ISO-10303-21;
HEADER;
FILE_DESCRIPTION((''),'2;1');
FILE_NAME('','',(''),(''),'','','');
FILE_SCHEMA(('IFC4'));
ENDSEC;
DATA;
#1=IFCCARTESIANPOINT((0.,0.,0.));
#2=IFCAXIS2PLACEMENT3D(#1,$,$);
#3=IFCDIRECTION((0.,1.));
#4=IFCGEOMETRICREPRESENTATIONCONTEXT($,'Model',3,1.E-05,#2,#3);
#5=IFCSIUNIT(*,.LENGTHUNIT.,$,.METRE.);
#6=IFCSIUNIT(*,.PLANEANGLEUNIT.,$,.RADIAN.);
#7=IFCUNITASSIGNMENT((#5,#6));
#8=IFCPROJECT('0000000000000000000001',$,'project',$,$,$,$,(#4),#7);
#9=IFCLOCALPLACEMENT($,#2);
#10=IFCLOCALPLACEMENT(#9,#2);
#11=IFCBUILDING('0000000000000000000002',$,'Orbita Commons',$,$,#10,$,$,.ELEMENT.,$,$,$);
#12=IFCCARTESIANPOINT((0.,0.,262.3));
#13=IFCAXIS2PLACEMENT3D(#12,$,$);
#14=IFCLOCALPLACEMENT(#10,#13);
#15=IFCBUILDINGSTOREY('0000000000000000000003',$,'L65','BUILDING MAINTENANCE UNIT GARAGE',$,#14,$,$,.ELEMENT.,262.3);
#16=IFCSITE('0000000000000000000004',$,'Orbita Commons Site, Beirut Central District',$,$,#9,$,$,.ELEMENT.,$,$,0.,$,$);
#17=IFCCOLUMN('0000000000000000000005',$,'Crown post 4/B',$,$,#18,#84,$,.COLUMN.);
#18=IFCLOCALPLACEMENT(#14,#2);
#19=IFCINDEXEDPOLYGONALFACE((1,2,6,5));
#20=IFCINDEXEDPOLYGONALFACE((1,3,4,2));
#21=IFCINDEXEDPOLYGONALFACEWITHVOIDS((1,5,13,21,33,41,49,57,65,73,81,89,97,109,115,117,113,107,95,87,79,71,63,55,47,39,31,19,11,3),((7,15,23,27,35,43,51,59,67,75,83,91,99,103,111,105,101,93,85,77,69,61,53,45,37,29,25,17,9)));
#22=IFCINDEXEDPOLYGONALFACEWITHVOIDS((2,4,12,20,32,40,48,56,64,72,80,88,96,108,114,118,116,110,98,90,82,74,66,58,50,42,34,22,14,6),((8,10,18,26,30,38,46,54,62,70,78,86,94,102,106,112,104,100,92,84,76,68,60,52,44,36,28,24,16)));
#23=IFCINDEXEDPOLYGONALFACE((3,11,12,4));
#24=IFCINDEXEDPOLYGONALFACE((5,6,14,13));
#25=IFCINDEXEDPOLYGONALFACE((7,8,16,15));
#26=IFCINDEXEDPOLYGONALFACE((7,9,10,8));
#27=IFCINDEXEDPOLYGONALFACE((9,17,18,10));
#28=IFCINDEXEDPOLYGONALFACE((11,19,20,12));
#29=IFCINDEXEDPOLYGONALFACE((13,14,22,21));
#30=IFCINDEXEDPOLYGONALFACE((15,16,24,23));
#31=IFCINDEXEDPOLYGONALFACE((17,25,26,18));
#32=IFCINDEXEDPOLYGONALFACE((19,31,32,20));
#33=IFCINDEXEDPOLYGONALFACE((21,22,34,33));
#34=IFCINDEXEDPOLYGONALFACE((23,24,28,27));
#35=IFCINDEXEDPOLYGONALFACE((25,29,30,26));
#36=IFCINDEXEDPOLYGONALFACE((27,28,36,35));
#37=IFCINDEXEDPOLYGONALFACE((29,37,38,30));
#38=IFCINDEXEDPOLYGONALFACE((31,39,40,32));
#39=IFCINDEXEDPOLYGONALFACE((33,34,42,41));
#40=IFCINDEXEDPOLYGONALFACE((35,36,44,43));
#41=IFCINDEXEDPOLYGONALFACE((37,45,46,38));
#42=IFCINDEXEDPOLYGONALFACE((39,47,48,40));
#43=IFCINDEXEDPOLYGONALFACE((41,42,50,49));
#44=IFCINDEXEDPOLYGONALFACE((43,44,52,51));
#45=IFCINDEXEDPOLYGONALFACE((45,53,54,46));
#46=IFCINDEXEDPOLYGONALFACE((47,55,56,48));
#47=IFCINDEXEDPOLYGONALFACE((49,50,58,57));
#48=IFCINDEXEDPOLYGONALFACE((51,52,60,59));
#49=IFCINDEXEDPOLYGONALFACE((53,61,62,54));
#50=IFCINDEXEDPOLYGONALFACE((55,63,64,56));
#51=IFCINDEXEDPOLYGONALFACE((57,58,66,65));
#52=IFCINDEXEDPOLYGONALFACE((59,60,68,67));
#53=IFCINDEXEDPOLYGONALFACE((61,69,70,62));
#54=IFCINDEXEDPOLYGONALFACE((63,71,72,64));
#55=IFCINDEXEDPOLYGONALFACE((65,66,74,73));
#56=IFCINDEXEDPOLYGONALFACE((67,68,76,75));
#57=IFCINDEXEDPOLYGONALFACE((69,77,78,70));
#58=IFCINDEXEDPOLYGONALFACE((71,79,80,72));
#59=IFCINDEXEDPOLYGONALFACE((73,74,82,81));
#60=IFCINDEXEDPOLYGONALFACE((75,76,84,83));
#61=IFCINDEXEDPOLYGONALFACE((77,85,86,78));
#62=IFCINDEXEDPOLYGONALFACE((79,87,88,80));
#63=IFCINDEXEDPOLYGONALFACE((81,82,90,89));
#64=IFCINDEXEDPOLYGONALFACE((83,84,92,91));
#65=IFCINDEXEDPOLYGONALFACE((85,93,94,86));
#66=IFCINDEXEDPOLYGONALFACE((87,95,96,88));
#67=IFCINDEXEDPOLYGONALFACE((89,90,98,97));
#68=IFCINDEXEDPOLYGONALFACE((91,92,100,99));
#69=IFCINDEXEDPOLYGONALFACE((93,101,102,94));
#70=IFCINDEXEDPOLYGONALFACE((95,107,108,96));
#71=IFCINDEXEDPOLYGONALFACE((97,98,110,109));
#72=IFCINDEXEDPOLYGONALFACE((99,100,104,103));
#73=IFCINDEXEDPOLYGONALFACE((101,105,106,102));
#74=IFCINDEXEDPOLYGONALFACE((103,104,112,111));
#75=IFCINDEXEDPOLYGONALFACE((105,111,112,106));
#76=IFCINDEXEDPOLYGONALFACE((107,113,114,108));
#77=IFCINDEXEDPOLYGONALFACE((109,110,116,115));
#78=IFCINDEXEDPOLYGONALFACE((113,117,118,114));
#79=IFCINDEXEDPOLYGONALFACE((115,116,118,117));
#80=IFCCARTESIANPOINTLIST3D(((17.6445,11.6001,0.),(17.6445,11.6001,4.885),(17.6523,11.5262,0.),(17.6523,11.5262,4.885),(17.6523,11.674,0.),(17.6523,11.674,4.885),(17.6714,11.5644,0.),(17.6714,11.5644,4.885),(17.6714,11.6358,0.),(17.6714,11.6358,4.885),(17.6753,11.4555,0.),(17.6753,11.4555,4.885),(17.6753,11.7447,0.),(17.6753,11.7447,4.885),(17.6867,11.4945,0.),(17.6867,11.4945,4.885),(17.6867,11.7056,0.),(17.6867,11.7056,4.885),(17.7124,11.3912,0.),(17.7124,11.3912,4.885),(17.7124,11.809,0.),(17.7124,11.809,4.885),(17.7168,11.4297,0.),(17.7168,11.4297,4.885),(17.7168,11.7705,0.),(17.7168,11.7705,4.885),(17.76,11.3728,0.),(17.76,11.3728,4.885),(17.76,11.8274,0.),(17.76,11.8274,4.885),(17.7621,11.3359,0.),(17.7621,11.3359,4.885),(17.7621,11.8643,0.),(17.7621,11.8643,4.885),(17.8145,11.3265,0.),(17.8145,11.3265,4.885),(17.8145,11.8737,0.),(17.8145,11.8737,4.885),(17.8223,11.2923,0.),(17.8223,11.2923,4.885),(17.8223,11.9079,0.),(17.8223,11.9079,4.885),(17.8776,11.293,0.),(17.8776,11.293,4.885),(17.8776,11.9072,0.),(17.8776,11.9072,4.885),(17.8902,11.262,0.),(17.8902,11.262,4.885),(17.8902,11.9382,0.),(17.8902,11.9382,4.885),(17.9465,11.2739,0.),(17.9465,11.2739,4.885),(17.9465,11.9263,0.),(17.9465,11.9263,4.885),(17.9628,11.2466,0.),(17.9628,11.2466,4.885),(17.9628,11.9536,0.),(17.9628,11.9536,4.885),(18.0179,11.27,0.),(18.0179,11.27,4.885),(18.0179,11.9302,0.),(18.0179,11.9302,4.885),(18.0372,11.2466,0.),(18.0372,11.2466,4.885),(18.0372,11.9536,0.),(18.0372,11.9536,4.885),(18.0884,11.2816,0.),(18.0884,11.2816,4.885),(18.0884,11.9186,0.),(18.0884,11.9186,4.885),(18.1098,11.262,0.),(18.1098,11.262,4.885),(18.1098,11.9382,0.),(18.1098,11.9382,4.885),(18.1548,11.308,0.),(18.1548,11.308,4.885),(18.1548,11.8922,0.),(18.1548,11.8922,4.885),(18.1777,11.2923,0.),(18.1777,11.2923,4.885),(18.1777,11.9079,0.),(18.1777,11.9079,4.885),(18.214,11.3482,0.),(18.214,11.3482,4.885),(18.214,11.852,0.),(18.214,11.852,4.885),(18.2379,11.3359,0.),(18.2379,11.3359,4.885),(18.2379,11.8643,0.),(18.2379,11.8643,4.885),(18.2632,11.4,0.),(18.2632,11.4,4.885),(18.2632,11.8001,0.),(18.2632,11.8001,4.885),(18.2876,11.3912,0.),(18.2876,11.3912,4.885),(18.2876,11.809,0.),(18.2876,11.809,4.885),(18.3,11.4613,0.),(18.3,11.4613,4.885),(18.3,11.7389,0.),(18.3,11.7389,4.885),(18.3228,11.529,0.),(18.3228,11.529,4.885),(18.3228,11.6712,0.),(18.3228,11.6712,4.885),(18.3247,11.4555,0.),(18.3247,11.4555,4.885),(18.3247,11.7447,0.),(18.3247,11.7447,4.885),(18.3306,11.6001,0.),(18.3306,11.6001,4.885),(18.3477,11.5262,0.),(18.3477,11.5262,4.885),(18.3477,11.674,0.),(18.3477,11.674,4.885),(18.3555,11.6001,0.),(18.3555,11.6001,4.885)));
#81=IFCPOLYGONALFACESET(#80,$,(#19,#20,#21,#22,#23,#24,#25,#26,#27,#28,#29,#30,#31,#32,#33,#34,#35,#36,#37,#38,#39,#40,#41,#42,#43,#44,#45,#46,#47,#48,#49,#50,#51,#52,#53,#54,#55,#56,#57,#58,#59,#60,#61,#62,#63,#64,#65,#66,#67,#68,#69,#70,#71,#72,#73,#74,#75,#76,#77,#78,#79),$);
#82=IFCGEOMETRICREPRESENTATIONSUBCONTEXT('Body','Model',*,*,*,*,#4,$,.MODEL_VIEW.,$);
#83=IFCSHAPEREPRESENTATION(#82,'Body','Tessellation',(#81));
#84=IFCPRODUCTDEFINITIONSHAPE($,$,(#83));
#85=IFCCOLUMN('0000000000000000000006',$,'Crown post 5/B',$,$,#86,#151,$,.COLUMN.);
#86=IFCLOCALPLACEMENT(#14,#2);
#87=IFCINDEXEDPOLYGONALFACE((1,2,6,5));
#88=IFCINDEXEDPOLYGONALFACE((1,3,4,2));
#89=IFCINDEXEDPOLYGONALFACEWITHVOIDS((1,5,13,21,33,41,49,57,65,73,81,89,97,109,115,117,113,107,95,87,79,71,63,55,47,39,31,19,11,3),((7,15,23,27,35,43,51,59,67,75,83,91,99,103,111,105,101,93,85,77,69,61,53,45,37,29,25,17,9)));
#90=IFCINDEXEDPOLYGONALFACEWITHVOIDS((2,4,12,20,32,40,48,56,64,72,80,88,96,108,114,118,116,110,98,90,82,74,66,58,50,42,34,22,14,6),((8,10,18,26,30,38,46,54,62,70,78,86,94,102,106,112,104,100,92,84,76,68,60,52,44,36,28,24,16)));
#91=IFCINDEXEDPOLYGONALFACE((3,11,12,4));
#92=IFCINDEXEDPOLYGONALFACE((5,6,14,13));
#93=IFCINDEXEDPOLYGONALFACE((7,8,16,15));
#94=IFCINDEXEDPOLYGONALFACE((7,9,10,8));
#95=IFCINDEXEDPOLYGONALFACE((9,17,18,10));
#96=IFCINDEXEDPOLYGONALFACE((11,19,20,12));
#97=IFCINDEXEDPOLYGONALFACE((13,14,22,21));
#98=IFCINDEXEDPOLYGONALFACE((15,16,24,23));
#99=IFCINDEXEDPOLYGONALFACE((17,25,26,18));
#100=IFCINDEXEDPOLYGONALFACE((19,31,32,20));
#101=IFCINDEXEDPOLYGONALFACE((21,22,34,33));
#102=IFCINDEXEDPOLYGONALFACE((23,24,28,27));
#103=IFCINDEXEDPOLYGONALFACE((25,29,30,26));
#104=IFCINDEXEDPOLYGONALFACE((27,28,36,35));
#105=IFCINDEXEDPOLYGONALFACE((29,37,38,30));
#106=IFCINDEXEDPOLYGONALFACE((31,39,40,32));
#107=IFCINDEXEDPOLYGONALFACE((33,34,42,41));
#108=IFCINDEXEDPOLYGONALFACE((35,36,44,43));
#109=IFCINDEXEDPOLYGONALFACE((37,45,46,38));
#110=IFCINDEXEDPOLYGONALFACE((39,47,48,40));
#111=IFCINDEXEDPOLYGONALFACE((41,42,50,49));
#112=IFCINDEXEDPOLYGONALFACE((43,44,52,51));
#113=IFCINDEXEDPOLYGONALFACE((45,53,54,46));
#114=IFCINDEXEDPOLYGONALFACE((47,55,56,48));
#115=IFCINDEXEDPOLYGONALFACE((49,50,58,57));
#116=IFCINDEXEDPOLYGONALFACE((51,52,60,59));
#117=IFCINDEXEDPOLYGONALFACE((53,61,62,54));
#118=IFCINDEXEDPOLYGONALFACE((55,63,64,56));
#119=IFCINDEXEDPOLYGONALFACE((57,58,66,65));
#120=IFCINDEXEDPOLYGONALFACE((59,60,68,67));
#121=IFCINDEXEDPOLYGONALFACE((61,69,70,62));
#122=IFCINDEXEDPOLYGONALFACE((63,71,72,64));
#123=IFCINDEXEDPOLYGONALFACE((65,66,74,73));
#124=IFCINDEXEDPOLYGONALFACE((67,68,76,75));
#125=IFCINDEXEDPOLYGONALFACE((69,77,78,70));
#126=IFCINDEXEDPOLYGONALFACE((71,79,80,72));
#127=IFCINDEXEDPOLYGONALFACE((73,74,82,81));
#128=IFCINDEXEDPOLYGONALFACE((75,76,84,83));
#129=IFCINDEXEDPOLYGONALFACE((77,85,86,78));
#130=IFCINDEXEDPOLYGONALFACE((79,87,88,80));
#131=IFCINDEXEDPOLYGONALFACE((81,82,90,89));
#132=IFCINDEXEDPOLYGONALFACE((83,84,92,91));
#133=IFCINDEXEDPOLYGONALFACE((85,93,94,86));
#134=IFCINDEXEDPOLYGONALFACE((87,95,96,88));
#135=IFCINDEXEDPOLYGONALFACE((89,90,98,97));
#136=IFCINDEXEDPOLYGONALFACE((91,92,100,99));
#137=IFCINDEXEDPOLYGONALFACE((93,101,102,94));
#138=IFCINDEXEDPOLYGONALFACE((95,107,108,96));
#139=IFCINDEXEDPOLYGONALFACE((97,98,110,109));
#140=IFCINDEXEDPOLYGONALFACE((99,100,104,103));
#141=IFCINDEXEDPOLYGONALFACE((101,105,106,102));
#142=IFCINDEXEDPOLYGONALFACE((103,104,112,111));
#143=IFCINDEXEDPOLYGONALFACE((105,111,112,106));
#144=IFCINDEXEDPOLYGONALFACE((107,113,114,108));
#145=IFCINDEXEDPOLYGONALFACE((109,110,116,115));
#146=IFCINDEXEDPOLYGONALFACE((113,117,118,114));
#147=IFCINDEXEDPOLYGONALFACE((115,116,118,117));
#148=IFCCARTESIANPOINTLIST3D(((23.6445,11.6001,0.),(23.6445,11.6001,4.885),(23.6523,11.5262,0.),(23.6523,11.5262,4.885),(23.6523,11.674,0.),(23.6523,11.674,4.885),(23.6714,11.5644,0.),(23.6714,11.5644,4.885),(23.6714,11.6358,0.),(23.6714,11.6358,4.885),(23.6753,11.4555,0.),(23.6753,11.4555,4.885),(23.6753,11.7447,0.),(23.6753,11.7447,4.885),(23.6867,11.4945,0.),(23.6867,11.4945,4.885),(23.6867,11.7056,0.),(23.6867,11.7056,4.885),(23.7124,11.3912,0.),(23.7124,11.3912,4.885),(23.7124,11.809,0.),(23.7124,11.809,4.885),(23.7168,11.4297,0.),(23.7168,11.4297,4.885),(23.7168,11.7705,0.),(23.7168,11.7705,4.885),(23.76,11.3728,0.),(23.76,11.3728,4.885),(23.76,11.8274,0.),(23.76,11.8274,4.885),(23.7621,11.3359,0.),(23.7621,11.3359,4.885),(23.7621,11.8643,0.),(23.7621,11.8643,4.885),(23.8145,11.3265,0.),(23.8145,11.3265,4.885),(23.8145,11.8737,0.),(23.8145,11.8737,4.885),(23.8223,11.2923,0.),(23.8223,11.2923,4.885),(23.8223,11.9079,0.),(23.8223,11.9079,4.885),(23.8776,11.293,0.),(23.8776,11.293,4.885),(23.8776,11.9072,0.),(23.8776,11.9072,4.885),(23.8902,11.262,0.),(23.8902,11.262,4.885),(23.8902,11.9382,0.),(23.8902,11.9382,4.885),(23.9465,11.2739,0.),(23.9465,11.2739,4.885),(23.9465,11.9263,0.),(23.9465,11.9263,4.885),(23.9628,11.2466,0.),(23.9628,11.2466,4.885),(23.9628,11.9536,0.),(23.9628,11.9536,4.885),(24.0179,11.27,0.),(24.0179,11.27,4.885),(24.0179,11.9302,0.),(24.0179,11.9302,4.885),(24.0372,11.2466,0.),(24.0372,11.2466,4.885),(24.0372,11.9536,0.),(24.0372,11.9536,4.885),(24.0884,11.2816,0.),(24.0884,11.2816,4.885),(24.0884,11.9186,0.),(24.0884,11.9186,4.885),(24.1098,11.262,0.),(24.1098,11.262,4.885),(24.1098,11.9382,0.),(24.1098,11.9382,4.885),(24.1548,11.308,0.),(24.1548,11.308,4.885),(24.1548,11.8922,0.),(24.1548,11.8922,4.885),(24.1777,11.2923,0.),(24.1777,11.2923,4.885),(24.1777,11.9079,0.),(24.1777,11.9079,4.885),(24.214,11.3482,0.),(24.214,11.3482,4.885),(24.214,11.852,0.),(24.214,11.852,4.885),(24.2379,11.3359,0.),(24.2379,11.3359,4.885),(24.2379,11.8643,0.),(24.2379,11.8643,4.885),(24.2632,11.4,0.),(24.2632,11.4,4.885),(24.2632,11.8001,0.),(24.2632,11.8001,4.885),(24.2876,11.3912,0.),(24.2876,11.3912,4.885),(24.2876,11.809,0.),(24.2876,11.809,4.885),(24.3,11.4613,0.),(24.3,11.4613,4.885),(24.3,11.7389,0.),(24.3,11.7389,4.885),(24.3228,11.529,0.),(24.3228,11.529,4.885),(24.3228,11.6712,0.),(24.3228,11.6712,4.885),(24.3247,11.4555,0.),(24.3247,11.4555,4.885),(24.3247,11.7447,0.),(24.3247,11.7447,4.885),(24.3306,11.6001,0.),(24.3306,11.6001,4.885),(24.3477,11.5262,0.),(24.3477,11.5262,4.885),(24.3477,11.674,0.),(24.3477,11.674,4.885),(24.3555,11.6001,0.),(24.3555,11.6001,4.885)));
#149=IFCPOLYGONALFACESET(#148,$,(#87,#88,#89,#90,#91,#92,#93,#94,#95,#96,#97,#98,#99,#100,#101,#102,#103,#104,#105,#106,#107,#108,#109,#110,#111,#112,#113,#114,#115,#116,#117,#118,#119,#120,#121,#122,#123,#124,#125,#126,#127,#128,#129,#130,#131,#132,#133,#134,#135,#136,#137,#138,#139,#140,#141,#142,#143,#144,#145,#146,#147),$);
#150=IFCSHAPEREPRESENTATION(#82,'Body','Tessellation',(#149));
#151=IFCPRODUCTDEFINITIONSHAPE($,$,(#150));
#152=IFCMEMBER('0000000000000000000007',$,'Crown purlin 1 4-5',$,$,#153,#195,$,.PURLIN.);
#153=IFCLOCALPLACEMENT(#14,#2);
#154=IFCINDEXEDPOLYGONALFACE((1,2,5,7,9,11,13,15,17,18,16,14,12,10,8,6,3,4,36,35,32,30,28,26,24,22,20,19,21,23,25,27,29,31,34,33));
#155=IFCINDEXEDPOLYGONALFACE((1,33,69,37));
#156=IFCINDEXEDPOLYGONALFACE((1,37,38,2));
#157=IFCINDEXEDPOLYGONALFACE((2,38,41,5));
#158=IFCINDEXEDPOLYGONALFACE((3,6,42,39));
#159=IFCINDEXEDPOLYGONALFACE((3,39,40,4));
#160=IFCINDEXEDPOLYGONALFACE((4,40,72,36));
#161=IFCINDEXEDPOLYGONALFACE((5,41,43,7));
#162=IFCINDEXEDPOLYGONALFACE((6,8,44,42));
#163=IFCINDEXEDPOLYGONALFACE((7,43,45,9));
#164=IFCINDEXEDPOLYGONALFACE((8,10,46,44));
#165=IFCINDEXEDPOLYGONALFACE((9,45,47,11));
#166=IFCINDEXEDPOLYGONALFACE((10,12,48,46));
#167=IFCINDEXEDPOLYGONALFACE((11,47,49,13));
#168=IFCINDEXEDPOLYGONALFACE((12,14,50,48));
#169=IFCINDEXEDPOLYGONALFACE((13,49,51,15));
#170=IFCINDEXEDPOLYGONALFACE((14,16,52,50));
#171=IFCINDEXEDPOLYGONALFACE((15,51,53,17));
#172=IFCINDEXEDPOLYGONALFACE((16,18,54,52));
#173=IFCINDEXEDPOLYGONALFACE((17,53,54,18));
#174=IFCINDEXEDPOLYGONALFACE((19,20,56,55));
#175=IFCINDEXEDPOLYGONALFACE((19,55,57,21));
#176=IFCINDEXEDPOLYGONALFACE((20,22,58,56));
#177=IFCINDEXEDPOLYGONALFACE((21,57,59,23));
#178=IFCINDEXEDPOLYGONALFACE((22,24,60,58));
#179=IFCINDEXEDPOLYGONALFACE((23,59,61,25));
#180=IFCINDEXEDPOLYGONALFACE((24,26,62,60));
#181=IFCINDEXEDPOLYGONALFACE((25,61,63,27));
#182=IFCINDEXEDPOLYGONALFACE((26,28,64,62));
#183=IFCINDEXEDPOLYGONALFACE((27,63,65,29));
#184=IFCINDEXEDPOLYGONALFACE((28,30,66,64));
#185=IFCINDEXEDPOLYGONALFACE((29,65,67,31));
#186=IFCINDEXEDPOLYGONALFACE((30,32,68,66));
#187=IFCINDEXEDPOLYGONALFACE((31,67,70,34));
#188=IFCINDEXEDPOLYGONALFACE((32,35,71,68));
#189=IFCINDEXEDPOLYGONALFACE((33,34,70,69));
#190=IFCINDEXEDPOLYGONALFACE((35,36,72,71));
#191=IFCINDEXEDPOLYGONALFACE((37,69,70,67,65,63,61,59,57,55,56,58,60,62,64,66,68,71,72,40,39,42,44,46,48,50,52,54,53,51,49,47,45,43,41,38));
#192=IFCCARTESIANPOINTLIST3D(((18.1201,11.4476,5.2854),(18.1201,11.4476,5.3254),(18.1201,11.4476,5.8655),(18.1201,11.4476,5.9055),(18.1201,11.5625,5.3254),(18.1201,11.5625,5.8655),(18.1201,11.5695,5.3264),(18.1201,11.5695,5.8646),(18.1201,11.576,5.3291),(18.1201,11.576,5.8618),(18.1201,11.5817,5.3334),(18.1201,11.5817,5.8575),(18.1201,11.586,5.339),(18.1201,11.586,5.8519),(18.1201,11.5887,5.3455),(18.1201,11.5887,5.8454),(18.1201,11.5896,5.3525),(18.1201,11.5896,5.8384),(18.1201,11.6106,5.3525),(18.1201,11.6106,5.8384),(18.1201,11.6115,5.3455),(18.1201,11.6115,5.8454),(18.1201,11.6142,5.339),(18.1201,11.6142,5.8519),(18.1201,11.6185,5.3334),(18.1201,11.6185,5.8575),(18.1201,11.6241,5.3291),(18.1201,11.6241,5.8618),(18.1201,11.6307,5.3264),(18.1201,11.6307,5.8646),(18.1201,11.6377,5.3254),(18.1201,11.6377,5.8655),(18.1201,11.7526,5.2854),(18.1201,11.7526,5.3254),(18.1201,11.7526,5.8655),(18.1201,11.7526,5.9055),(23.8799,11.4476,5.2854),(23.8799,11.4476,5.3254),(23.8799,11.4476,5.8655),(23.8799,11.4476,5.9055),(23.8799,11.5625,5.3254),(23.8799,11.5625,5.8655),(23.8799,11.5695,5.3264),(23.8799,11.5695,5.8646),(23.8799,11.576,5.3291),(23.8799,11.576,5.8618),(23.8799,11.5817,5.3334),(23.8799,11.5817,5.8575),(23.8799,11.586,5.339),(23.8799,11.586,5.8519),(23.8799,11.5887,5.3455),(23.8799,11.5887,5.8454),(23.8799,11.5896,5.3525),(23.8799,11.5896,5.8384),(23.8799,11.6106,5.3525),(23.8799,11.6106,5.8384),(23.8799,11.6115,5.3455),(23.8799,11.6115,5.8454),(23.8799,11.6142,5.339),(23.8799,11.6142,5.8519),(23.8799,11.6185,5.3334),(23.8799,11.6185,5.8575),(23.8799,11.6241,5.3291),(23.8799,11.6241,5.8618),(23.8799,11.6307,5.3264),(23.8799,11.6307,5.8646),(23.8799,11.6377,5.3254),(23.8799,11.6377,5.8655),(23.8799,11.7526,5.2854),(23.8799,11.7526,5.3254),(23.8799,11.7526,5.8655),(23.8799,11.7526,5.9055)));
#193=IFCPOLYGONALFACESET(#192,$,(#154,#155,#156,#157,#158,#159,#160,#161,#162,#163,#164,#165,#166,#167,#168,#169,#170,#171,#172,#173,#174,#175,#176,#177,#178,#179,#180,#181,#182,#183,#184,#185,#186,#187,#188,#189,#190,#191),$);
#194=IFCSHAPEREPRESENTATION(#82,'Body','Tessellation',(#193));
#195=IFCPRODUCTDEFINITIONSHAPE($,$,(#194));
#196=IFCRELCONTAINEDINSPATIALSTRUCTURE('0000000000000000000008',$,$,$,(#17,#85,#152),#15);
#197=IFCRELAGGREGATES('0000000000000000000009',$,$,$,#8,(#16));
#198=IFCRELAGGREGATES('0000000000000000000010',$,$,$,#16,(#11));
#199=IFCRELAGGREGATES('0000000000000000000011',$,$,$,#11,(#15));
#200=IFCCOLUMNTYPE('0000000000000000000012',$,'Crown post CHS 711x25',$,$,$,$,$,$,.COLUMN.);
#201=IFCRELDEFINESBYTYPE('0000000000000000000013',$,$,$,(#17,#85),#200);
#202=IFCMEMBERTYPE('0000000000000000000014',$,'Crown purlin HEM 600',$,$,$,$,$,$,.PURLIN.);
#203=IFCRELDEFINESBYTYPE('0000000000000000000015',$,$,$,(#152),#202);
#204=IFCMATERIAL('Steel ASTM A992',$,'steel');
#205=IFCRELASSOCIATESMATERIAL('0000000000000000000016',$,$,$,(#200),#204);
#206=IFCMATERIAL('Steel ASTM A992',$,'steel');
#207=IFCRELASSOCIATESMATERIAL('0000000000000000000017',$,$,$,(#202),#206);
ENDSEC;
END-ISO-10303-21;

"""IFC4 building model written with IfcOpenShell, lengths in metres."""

from ifc_helpers import new_model, si_unit, direction, frame, origin, origin_2d, place, context, subcontext, project, spatial, hollow_circle, i_section, extrude, material, material_profile, profile_set, type_object, element, save


model = new_model("IFC4")

# Units and contexts
model_context = context("Model", 3, precision=1e-05, world=origin(), true_north=direction((0.0, 1.0)))
body_context = subcontext(model_context, "Body", "Model", "MODEL_VIEW")
ifc_project = project(units=[si_unit("LENGTHUNIT", "METRE"), si_unit("PLANEANGLEUNIT", "RADIAN")], contexts=[model_context])

# Site, building, storey
site_placement = place(None, origin())
site = spatial("IfcSite", under=ifc_project, at=site_placement, Name="Orbita Commons Site, Beirut Central District", CompositionType="ELEMENT", RefElevation=0.0)
building_placement = place(site_placement, origin())
building = spatial("IfcBuilding", under=site, at=building_placement, Name="Orbita Commons", CompositionType="ELEMENT")
storey_placement = place(building_placement, frame((0.0, 0.0, 262.3)))
storey = spatial("IfcBuildingStorey", under=building, at=storey_placement, Name="L65", Description="BUILDING MAINTENANCE UNIT GARAGE", CompositionType="ELEMENT", Elevation=262.3)

# Columns
ifc_material_1 = material(Name="Steel ASTM A992", Category="steel")
ifc_material_profile_1 = material_profile(ifc_material_1, hollow_circle(Radius=0.3555, WallThickness=0.0249, at=origin_2d()), Name="CHS 711x25")
ifc_profile_set_1 = profile_set([ifc_material_profile_1], Name="Steel ASTM A992")
column_type = type_object("IfcColumnType", Name="Crown post CHS 711x25", PredefinedType="COLUMN", material=ifc_profile_set_1)
for number, where, z_axis, x_axis, name in (
    (1, (18.0, 11.6001, 0.0), (0.0, 0.0, 1.0), (1.0, 0.0, 0.0), "Crown post 4/B"),
    (2, (24.0, 11.6001, 0.0), (0.0, 0.0, 1.0), (1.0, 0.0, 0.0), "Crown post 5/B"),
):
    element("IfcColumn", number, at=place(storey_placement, frame(where, z_axis=z_axis, x_axis=x_axis)), inside=storey, type_object=column_type, Name=name, PredefinedType="COLUMN", context=body_context, shape_type="SweptSolid", body=[
        extrude(hollow_circle(Radius=0.3555, WallThickness=0.0249, at=origin_2d()), origin(), (0.0, 0.0, 1.0), 4.885),
    ])

# Member
ifc_material_2 = material(Name="Steel ASTM A992", Category="steel")
ifc_material_profile_2 = material_profile(ifc_material_2, i_section(OverallWidth=0.3049, OverallDepth=0.6201, WebThickness=0.021, FlangeThickness=0.04, FilletRadius=0.0271, at=origin_2d()), Name="HEM 600")
ifc_profile_set_2 = profile_set([ifc_material_profile_2], Name="Steel ASTM A992")
member_type_1 = type_object("IfcMemberType", Name="Crown purlin HEM 600", PredefinedType="PURLIN", material=ifc_profile_set_2)
for number, where, z_axis, x_axis, name in (
    (3, (18.1201, 11.6001, 5.5955), (1.0, 0.0, 0.0), (0.0, 1.0, 0.0), "Crown purlin 1 4-5"),
):
    element("IfcMember", number, at=place(storey_placement, frame(where, z_axis=z_axis, x_axis=x_axis)), inside=storey, type_object=member_type_1, Name=name, PredefinedType="PURLIN", context=body_context, shape_type="SweptSolid", body=[
        extrude(i_section(OverallWidth=0.3049, OverallDepth=0.6201, WebThickness=0.021, FlangeThickness=0.04, FilletRadius=0.0271, at=origin_2d()), origin(), (0.0, 0.0, 1.0), 5.7598),
    ])

save(model, "model.ifc")
